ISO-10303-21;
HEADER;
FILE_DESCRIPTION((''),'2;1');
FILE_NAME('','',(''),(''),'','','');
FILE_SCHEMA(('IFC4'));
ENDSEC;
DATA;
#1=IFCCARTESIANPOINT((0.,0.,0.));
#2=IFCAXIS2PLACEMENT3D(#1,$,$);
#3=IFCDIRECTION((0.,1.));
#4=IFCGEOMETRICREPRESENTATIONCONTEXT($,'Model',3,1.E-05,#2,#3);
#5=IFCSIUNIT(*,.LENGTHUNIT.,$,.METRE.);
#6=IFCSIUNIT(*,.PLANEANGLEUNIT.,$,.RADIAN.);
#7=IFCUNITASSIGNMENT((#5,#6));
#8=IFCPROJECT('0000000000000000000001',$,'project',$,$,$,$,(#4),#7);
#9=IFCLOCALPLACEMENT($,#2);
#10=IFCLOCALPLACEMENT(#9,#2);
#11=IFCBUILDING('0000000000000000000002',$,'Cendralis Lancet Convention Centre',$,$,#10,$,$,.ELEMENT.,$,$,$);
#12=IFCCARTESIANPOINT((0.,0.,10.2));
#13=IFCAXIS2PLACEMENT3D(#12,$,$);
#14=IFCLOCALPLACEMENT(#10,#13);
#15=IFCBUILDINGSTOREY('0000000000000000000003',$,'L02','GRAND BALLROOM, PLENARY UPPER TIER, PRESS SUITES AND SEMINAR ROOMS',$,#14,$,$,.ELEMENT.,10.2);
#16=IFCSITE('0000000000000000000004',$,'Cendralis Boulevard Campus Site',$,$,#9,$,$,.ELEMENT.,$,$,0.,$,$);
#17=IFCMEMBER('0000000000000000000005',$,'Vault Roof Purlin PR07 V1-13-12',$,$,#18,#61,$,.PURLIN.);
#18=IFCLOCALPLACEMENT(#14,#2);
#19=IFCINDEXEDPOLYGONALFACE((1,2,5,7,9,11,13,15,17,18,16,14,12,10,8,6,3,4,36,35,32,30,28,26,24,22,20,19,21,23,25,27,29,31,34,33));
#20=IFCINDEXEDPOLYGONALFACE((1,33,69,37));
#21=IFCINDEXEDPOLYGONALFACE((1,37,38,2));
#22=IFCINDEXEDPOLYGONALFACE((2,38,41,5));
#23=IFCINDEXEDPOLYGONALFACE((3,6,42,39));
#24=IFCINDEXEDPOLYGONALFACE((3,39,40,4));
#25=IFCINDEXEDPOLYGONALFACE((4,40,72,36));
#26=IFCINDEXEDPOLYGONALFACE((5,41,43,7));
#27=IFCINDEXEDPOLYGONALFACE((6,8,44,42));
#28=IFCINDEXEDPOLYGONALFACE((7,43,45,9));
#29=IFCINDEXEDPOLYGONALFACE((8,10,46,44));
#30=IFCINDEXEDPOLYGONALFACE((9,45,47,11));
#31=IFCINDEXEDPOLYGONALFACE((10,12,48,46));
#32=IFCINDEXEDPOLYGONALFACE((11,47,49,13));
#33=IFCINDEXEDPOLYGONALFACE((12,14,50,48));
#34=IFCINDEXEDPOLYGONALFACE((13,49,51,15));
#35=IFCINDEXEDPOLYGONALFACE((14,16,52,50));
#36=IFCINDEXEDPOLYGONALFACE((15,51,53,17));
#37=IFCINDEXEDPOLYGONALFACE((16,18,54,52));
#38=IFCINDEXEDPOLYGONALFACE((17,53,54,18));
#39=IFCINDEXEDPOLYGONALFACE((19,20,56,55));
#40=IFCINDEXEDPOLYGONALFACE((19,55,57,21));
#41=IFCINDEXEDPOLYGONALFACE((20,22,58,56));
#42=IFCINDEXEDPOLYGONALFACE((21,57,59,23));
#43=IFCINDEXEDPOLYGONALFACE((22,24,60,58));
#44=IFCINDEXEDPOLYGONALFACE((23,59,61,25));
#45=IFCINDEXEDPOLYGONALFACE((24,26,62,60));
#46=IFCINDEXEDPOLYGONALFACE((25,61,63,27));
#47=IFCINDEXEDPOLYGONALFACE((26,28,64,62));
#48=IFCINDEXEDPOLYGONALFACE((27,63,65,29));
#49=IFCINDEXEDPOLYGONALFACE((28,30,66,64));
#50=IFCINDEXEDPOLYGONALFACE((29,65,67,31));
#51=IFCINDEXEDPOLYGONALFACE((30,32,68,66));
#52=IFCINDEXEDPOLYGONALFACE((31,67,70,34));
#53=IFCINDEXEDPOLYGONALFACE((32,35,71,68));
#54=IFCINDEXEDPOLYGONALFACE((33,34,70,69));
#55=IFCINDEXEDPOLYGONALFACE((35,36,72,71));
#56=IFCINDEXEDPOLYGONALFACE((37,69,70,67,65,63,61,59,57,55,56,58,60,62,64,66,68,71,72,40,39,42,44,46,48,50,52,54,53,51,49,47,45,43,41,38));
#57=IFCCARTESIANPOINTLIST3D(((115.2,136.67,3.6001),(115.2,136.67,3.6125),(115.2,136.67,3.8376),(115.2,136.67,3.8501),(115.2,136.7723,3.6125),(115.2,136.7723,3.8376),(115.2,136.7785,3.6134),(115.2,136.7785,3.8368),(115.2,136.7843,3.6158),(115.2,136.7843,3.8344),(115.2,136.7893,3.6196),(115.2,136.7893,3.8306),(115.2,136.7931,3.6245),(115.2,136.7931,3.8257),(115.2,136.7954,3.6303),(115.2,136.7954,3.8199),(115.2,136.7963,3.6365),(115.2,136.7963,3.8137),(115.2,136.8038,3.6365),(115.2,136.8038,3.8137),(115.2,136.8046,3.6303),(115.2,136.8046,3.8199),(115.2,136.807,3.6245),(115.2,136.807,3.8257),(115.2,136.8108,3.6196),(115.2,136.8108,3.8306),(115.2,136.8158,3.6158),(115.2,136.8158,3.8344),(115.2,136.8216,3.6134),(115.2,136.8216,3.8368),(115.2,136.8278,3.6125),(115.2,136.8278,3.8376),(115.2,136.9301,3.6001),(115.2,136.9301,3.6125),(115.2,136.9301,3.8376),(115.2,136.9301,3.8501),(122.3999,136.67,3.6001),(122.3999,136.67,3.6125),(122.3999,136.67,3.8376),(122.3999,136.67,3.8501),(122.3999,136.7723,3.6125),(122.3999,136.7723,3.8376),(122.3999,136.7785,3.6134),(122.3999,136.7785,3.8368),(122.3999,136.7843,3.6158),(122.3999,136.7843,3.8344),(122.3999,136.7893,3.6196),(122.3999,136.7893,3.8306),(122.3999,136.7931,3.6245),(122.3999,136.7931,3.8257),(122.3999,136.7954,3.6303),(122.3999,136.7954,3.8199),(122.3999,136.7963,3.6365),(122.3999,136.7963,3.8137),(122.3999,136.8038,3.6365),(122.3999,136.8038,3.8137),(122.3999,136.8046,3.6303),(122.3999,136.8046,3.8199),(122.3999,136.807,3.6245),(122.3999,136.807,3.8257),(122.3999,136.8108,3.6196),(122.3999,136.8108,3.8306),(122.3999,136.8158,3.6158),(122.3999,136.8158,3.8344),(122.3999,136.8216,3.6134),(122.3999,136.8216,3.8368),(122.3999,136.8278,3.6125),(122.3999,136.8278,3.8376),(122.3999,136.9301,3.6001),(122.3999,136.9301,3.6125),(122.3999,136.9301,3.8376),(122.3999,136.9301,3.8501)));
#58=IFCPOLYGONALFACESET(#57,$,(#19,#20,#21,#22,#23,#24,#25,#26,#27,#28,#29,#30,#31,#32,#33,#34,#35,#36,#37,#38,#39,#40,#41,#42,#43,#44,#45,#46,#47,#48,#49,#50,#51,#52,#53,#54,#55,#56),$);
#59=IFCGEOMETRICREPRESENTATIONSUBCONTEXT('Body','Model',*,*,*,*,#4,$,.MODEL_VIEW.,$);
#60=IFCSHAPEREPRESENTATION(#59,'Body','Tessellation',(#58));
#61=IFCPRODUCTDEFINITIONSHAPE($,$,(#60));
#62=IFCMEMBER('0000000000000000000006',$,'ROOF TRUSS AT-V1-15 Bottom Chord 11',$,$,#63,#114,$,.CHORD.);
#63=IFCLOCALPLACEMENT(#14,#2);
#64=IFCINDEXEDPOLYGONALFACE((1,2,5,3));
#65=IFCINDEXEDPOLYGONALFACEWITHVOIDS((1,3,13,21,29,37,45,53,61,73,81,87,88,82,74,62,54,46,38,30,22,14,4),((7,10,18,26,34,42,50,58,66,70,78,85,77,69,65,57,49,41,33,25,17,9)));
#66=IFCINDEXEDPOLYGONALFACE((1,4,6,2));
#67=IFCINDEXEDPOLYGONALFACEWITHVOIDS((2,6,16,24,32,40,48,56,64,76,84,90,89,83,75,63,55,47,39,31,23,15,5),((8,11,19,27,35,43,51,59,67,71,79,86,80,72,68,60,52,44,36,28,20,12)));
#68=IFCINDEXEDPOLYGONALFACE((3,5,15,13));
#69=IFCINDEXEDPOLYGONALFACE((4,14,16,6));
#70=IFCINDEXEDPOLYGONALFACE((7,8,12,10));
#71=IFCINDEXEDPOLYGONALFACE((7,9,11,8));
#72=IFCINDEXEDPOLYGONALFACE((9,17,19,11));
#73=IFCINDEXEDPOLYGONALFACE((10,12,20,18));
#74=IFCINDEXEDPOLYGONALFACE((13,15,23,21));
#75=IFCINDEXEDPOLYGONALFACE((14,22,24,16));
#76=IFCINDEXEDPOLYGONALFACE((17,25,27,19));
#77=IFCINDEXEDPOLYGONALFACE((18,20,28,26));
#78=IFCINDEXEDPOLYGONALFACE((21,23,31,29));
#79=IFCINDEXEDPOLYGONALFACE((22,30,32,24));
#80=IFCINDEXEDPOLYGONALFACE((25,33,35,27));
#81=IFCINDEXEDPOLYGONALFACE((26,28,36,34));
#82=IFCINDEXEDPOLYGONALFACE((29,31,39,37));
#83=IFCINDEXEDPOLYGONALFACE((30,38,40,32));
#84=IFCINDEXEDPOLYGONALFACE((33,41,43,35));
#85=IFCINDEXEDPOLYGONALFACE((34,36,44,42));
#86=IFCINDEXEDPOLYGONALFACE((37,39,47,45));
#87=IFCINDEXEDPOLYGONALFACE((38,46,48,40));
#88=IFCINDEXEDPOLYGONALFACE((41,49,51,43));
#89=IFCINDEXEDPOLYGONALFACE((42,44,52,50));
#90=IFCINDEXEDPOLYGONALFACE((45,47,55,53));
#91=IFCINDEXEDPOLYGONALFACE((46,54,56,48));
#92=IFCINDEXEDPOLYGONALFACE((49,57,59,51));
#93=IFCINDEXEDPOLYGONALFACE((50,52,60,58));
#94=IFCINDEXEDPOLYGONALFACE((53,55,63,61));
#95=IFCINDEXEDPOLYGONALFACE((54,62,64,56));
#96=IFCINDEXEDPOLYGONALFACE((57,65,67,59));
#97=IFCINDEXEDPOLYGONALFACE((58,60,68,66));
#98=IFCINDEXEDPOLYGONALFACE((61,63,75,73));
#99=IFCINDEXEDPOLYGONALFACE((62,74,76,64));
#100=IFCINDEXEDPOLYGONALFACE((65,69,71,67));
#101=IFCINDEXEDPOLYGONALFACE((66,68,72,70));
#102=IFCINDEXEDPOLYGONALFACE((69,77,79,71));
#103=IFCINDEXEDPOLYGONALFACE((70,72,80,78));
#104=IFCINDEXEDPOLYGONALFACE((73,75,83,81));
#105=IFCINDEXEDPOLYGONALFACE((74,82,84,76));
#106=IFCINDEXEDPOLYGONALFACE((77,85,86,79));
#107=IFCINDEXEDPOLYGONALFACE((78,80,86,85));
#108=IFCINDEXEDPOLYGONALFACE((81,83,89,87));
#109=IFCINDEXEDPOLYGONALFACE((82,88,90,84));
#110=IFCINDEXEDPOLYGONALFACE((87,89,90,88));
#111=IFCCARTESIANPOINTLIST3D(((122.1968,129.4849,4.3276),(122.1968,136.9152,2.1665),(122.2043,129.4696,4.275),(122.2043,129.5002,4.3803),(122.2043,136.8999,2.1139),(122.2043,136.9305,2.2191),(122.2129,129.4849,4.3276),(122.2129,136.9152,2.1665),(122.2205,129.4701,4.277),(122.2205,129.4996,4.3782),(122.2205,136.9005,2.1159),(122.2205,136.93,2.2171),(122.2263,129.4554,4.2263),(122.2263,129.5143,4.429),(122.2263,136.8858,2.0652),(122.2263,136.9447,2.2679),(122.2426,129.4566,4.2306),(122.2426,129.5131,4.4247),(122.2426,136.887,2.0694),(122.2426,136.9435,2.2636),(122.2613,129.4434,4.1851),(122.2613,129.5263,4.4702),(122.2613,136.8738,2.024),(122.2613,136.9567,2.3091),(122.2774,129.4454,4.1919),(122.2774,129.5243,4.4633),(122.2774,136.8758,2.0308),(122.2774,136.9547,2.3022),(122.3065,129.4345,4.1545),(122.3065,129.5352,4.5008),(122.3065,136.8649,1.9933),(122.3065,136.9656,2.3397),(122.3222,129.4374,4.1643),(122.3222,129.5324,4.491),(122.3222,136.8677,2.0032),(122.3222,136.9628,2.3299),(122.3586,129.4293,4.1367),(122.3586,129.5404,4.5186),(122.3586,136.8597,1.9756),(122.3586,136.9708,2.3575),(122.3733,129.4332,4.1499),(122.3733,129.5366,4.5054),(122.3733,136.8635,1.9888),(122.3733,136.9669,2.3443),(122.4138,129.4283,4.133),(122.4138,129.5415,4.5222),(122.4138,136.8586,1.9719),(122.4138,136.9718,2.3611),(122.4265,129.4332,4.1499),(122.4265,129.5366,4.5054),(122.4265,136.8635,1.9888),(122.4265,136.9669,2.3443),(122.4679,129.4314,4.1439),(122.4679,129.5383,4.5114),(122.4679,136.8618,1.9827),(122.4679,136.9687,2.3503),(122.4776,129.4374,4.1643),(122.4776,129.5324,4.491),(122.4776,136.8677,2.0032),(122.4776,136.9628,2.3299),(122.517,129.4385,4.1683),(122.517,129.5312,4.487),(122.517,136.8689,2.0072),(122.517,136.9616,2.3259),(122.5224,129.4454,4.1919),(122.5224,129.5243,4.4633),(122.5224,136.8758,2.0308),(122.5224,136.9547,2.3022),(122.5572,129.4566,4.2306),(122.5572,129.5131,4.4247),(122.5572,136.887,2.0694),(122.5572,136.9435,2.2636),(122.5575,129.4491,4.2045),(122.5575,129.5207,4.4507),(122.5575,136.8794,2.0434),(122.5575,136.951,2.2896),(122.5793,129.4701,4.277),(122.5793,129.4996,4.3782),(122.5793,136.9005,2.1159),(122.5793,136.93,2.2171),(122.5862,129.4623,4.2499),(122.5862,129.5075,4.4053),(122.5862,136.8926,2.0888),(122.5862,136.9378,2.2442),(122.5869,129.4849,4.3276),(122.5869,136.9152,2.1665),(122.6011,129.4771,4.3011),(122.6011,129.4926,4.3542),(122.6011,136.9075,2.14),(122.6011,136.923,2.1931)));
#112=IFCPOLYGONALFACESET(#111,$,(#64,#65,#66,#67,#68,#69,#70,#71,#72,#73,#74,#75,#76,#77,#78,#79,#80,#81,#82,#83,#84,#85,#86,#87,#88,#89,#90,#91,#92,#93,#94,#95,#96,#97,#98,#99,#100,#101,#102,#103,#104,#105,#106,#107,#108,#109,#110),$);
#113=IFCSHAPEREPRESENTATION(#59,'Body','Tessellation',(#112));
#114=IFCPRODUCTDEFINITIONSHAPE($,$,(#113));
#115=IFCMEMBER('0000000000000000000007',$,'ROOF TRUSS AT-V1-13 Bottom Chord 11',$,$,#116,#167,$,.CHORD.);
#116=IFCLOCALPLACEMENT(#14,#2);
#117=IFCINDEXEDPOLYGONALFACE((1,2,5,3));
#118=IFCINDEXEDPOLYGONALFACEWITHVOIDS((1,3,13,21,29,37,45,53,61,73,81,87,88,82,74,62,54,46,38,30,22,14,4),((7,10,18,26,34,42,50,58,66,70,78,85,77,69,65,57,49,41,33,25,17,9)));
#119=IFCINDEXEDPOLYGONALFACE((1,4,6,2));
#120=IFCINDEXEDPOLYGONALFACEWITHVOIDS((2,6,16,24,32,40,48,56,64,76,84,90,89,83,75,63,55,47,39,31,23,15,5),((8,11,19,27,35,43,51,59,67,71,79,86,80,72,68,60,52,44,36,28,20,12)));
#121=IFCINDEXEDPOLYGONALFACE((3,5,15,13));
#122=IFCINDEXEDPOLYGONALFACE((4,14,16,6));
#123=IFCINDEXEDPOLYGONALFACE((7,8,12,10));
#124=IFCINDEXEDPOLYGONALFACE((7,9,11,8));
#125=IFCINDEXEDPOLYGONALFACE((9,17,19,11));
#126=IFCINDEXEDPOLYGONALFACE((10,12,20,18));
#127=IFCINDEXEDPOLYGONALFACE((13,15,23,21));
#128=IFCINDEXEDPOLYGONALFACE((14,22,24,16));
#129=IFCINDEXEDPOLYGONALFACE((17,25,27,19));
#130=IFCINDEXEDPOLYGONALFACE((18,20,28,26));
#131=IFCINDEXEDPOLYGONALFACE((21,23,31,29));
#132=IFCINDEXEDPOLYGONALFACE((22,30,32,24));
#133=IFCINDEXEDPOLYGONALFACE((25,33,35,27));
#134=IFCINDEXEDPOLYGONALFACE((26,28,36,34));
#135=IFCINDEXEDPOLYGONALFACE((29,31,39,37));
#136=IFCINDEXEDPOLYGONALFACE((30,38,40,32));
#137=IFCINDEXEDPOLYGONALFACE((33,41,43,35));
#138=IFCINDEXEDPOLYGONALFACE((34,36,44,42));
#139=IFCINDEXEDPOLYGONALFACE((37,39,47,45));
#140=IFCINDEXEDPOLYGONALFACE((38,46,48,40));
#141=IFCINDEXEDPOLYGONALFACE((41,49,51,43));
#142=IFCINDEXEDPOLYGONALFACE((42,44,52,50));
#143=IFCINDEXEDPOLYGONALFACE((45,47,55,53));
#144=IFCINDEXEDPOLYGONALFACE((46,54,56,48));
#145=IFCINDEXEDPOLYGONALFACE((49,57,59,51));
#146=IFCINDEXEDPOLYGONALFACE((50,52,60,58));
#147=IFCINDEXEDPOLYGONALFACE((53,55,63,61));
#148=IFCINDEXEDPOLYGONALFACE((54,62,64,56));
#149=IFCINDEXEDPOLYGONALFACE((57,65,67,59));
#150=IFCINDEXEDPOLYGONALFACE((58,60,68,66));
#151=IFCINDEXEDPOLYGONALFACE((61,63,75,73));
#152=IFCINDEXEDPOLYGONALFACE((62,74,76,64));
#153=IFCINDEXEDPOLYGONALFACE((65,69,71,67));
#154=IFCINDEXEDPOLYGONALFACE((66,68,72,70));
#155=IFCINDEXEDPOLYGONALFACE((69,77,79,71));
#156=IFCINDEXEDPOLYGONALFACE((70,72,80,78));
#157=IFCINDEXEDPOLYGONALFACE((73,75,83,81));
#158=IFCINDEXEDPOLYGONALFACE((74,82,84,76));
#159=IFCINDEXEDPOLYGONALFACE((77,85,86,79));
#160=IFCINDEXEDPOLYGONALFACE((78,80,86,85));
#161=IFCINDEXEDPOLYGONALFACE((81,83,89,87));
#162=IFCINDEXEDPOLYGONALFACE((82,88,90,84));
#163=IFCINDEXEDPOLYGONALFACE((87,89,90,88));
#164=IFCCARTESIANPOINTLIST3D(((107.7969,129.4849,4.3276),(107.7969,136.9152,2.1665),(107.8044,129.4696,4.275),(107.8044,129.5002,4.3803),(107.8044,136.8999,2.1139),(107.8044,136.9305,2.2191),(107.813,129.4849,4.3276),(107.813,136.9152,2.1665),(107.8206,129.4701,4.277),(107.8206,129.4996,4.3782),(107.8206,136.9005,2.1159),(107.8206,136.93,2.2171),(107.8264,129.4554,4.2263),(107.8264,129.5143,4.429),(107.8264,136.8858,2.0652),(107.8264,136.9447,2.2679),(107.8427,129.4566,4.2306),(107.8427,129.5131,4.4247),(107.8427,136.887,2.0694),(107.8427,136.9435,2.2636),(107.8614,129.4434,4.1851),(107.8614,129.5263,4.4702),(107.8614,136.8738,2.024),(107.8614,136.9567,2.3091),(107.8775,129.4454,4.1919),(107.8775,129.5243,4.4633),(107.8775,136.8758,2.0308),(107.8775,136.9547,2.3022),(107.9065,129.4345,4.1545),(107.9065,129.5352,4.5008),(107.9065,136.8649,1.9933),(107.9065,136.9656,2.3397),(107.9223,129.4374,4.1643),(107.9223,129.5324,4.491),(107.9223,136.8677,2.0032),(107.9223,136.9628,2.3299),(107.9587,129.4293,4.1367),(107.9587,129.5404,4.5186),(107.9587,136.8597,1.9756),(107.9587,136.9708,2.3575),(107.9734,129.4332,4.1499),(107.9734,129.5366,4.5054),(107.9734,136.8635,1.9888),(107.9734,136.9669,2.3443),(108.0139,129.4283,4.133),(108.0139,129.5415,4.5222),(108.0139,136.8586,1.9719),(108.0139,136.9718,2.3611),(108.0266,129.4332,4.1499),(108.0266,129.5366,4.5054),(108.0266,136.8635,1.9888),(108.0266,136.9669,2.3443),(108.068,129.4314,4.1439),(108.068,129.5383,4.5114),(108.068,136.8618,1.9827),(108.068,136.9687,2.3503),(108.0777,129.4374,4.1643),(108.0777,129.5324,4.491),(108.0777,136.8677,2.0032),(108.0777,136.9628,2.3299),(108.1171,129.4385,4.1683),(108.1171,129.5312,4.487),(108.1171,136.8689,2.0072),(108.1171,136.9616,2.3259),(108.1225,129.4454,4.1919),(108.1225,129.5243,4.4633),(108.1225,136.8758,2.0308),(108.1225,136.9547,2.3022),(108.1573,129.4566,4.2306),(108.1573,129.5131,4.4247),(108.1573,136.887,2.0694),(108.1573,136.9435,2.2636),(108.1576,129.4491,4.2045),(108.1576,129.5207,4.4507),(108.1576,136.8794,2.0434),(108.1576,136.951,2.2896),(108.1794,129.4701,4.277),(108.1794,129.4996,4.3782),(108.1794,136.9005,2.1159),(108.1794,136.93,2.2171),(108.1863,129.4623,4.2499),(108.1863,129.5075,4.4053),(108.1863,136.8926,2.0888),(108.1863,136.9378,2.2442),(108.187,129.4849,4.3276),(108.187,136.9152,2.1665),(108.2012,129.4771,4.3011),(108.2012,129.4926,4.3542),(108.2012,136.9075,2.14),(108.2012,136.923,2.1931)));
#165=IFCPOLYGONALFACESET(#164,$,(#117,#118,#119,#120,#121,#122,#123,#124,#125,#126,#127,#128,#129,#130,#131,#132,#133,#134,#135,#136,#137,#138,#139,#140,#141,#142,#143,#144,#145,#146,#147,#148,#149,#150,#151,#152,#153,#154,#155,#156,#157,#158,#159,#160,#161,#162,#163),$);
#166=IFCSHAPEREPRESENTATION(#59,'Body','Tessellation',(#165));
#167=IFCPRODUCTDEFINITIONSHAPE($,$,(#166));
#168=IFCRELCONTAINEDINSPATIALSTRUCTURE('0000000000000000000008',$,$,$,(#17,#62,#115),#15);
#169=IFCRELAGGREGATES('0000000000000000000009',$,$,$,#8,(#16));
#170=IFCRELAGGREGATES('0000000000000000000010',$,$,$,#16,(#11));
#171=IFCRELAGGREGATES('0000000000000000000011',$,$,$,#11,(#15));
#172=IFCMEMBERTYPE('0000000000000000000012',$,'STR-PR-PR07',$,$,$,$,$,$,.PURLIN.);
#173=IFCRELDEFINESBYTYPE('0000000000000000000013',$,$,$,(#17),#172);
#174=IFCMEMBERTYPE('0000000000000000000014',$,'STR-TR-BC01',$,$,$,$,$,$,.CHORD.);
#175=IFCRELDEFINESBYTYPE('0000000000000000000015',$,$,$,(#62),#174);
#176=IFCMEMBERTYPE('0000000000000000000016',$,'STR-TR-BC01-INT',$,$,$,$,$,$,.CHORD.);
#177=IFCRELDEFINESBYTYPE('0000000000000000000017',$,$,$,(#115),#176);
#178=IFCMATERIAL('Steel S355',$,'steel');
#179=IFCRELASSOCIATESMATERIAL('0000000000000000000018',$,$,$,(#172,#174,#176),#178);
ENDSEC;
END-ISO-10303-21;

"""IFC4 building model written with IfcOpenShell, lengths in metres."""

from ifc_helpers import new_model, si_unit, direction, frame, origin, origin_2d, place, context, subcontext, project, spatial, hollow_circle, i_section, extrude, material, material_profile, profile_set, type_object, element, save


model = new_model("IFC4")

# Units and contexts
model_context = context("Model", 3, precision=1e-05, world=origin(), true_north=direction((0.0, 1.0)))
body_context = subcontext(model_context, "Body", "Model", "MODEL_VIEW")
ifc_project = project(units=[si_unit("LENGTHUNIT", "METRE"), si_unit("PLANEANGLEUNIT", "RADIAN")], contexts=[model_context])

# Site, building, storey
site_placement = place(None, origin())
site = spatial("IfcSite", under=ifc_project, at=site_placement, Name="Cendralis Boulevard Campus Site", CompositionType="ELEMENT", RefElevation=0.0)
building_placement = place(site_placement, origin())
building = spatial("IfcBuilding", under=site, at=building_placement, Name="Cendralis Lancet Convention Centre", CompositionType="ELEMENT")
storey_placement = place(building_placement, frame((0.0, 0.0, 10.2)))
storey = spatial("IfcBuildingStorey", under=building, at=storey_placement, Name="L02", Description="GRAND BALLROOM, PLENARY UPPER TIER, PRESS SUITES AND SEMINAR ROOMS", CompositionType="ELEMENT", Elevation=10.2)

# Members
ifc_material_1 = material(Name="Steel S355", Category="steel")
ifc_material_profile_1 = material_profile(ifc_material_1, i_section(OverallWidth=0.26, OverallDepth=0.25, WebThickness=0.0076, FlangeThickness=0.0125, FilletRadius=0.0239, at=origin_2d()), Name="HEA 260")
ifc_profile_set_1 = profile_set([ifc_material_profile_1], Name="Steel S355")
member_type_1 = type_object("IfcMemberType", Name="STR-PR-PR07", PredefinedType="PURLIN", material=ifc_profile_set_1)
for number, where, z_axis, x_axis, name in (
    (1, (115.2, 136.8, 3.7251), (1.0, 0.0, 0.0), (0.0, 1.0, 0.0), "Vault Roof Purlin PR07 V1-13-12"),
):
    element("IfcMember", number, at=place(storey_placement, frame(where, z_axis=z_axis, x_axis=x_axis)), inside=storey, type_object=member_type_1, Name=name, PredefinedType="PURLIN", context=body_context, shape_type="SweptSolid", body=[
        extrude(i_section(OverallWidth=0.26, OverallDepth=0.25, WebThickness=0.0076, FlangeThickness=0.0125, FilletRadius=0.0239, at=origin_2d()), origin(), (0.0, 0.0, 1.0), 7.2),
    ])
ifc_material_profile_2 = material_profile(ifc_material_1, hollow_circle(Radius=0.2031, WallThickness=0.0161, at=origin_2d()), Name="CHS 406.4x16.0")
ifc_profile_set_2 = profile_set([ifc_material_profile_2], Name="Steel S355")
member_type_2 = type_object("IfcMemberType", Name="STR-TR-BC01", PredefinedType="CHORD", material=ifc_profile_set_2)
member_1_placement = place(storey_placement, frame((122.3999, 129.4849, 4.3276), z_axis=(0.0, 0.960211, -0.279277), x_axis=(-1.0, 0.0, 0.0)))
element("IfcMember", 2, at=member_1_placement, inside=storey, type_object=member_type_2, Name="ROOF TRUSS AT-V1-15 Bottom Chord 11", PredefinedType="CHORD", context=body_context, shape_type="SweptSolid", body=[
    extrude(hollow_circle(Radius=0.2031, WallThickness=0.0161, at=origin_2d()), origin(), (0.0, 0.0, 1.0), 7.7383),
])
ifc_material_profile_3 = material_profile(ifc_material_1, hollow_circle(Radius=0.2031, WallThickness=0.0161, at=origin_2d()), Name="CHS 406.4x16.0")
ifc_profile_set_3 = profile_set([ifc_material_profile_3], Name="Steel S355")
member_type_3 = type_object("IfcMemberType", Name="STR-TR-BC01-INT", PredefinedType="CHORD", material=ifc_profile_set_3)
for number, where, z_axis, x_axis, name in (
    (3, (108.0, 129.4849, 4.3276), (0.0, 0.960211, -0.279277), (-1.0, 0.0, 0.0), "ROOF TRUSS AT-V1-13 Bottom Chord 11"),
):
    element("IfcMember", number, at=place(storey_placement, frame(where, z_axis=z_axis, x_axis=x_axis)), inside=storey, type_object=member_type_3, Name=name, PredefinedType="CHORD", context=body_context, shape_type="SweptSolid", body=[
        extrude(hollow_circle(Radius=0.2031, WallThickness=0.0161, at=origin_2d()), origin(), (0.0, 0.0, 1.0), 7.7383),
    ])

save(model, "model.ifc")
